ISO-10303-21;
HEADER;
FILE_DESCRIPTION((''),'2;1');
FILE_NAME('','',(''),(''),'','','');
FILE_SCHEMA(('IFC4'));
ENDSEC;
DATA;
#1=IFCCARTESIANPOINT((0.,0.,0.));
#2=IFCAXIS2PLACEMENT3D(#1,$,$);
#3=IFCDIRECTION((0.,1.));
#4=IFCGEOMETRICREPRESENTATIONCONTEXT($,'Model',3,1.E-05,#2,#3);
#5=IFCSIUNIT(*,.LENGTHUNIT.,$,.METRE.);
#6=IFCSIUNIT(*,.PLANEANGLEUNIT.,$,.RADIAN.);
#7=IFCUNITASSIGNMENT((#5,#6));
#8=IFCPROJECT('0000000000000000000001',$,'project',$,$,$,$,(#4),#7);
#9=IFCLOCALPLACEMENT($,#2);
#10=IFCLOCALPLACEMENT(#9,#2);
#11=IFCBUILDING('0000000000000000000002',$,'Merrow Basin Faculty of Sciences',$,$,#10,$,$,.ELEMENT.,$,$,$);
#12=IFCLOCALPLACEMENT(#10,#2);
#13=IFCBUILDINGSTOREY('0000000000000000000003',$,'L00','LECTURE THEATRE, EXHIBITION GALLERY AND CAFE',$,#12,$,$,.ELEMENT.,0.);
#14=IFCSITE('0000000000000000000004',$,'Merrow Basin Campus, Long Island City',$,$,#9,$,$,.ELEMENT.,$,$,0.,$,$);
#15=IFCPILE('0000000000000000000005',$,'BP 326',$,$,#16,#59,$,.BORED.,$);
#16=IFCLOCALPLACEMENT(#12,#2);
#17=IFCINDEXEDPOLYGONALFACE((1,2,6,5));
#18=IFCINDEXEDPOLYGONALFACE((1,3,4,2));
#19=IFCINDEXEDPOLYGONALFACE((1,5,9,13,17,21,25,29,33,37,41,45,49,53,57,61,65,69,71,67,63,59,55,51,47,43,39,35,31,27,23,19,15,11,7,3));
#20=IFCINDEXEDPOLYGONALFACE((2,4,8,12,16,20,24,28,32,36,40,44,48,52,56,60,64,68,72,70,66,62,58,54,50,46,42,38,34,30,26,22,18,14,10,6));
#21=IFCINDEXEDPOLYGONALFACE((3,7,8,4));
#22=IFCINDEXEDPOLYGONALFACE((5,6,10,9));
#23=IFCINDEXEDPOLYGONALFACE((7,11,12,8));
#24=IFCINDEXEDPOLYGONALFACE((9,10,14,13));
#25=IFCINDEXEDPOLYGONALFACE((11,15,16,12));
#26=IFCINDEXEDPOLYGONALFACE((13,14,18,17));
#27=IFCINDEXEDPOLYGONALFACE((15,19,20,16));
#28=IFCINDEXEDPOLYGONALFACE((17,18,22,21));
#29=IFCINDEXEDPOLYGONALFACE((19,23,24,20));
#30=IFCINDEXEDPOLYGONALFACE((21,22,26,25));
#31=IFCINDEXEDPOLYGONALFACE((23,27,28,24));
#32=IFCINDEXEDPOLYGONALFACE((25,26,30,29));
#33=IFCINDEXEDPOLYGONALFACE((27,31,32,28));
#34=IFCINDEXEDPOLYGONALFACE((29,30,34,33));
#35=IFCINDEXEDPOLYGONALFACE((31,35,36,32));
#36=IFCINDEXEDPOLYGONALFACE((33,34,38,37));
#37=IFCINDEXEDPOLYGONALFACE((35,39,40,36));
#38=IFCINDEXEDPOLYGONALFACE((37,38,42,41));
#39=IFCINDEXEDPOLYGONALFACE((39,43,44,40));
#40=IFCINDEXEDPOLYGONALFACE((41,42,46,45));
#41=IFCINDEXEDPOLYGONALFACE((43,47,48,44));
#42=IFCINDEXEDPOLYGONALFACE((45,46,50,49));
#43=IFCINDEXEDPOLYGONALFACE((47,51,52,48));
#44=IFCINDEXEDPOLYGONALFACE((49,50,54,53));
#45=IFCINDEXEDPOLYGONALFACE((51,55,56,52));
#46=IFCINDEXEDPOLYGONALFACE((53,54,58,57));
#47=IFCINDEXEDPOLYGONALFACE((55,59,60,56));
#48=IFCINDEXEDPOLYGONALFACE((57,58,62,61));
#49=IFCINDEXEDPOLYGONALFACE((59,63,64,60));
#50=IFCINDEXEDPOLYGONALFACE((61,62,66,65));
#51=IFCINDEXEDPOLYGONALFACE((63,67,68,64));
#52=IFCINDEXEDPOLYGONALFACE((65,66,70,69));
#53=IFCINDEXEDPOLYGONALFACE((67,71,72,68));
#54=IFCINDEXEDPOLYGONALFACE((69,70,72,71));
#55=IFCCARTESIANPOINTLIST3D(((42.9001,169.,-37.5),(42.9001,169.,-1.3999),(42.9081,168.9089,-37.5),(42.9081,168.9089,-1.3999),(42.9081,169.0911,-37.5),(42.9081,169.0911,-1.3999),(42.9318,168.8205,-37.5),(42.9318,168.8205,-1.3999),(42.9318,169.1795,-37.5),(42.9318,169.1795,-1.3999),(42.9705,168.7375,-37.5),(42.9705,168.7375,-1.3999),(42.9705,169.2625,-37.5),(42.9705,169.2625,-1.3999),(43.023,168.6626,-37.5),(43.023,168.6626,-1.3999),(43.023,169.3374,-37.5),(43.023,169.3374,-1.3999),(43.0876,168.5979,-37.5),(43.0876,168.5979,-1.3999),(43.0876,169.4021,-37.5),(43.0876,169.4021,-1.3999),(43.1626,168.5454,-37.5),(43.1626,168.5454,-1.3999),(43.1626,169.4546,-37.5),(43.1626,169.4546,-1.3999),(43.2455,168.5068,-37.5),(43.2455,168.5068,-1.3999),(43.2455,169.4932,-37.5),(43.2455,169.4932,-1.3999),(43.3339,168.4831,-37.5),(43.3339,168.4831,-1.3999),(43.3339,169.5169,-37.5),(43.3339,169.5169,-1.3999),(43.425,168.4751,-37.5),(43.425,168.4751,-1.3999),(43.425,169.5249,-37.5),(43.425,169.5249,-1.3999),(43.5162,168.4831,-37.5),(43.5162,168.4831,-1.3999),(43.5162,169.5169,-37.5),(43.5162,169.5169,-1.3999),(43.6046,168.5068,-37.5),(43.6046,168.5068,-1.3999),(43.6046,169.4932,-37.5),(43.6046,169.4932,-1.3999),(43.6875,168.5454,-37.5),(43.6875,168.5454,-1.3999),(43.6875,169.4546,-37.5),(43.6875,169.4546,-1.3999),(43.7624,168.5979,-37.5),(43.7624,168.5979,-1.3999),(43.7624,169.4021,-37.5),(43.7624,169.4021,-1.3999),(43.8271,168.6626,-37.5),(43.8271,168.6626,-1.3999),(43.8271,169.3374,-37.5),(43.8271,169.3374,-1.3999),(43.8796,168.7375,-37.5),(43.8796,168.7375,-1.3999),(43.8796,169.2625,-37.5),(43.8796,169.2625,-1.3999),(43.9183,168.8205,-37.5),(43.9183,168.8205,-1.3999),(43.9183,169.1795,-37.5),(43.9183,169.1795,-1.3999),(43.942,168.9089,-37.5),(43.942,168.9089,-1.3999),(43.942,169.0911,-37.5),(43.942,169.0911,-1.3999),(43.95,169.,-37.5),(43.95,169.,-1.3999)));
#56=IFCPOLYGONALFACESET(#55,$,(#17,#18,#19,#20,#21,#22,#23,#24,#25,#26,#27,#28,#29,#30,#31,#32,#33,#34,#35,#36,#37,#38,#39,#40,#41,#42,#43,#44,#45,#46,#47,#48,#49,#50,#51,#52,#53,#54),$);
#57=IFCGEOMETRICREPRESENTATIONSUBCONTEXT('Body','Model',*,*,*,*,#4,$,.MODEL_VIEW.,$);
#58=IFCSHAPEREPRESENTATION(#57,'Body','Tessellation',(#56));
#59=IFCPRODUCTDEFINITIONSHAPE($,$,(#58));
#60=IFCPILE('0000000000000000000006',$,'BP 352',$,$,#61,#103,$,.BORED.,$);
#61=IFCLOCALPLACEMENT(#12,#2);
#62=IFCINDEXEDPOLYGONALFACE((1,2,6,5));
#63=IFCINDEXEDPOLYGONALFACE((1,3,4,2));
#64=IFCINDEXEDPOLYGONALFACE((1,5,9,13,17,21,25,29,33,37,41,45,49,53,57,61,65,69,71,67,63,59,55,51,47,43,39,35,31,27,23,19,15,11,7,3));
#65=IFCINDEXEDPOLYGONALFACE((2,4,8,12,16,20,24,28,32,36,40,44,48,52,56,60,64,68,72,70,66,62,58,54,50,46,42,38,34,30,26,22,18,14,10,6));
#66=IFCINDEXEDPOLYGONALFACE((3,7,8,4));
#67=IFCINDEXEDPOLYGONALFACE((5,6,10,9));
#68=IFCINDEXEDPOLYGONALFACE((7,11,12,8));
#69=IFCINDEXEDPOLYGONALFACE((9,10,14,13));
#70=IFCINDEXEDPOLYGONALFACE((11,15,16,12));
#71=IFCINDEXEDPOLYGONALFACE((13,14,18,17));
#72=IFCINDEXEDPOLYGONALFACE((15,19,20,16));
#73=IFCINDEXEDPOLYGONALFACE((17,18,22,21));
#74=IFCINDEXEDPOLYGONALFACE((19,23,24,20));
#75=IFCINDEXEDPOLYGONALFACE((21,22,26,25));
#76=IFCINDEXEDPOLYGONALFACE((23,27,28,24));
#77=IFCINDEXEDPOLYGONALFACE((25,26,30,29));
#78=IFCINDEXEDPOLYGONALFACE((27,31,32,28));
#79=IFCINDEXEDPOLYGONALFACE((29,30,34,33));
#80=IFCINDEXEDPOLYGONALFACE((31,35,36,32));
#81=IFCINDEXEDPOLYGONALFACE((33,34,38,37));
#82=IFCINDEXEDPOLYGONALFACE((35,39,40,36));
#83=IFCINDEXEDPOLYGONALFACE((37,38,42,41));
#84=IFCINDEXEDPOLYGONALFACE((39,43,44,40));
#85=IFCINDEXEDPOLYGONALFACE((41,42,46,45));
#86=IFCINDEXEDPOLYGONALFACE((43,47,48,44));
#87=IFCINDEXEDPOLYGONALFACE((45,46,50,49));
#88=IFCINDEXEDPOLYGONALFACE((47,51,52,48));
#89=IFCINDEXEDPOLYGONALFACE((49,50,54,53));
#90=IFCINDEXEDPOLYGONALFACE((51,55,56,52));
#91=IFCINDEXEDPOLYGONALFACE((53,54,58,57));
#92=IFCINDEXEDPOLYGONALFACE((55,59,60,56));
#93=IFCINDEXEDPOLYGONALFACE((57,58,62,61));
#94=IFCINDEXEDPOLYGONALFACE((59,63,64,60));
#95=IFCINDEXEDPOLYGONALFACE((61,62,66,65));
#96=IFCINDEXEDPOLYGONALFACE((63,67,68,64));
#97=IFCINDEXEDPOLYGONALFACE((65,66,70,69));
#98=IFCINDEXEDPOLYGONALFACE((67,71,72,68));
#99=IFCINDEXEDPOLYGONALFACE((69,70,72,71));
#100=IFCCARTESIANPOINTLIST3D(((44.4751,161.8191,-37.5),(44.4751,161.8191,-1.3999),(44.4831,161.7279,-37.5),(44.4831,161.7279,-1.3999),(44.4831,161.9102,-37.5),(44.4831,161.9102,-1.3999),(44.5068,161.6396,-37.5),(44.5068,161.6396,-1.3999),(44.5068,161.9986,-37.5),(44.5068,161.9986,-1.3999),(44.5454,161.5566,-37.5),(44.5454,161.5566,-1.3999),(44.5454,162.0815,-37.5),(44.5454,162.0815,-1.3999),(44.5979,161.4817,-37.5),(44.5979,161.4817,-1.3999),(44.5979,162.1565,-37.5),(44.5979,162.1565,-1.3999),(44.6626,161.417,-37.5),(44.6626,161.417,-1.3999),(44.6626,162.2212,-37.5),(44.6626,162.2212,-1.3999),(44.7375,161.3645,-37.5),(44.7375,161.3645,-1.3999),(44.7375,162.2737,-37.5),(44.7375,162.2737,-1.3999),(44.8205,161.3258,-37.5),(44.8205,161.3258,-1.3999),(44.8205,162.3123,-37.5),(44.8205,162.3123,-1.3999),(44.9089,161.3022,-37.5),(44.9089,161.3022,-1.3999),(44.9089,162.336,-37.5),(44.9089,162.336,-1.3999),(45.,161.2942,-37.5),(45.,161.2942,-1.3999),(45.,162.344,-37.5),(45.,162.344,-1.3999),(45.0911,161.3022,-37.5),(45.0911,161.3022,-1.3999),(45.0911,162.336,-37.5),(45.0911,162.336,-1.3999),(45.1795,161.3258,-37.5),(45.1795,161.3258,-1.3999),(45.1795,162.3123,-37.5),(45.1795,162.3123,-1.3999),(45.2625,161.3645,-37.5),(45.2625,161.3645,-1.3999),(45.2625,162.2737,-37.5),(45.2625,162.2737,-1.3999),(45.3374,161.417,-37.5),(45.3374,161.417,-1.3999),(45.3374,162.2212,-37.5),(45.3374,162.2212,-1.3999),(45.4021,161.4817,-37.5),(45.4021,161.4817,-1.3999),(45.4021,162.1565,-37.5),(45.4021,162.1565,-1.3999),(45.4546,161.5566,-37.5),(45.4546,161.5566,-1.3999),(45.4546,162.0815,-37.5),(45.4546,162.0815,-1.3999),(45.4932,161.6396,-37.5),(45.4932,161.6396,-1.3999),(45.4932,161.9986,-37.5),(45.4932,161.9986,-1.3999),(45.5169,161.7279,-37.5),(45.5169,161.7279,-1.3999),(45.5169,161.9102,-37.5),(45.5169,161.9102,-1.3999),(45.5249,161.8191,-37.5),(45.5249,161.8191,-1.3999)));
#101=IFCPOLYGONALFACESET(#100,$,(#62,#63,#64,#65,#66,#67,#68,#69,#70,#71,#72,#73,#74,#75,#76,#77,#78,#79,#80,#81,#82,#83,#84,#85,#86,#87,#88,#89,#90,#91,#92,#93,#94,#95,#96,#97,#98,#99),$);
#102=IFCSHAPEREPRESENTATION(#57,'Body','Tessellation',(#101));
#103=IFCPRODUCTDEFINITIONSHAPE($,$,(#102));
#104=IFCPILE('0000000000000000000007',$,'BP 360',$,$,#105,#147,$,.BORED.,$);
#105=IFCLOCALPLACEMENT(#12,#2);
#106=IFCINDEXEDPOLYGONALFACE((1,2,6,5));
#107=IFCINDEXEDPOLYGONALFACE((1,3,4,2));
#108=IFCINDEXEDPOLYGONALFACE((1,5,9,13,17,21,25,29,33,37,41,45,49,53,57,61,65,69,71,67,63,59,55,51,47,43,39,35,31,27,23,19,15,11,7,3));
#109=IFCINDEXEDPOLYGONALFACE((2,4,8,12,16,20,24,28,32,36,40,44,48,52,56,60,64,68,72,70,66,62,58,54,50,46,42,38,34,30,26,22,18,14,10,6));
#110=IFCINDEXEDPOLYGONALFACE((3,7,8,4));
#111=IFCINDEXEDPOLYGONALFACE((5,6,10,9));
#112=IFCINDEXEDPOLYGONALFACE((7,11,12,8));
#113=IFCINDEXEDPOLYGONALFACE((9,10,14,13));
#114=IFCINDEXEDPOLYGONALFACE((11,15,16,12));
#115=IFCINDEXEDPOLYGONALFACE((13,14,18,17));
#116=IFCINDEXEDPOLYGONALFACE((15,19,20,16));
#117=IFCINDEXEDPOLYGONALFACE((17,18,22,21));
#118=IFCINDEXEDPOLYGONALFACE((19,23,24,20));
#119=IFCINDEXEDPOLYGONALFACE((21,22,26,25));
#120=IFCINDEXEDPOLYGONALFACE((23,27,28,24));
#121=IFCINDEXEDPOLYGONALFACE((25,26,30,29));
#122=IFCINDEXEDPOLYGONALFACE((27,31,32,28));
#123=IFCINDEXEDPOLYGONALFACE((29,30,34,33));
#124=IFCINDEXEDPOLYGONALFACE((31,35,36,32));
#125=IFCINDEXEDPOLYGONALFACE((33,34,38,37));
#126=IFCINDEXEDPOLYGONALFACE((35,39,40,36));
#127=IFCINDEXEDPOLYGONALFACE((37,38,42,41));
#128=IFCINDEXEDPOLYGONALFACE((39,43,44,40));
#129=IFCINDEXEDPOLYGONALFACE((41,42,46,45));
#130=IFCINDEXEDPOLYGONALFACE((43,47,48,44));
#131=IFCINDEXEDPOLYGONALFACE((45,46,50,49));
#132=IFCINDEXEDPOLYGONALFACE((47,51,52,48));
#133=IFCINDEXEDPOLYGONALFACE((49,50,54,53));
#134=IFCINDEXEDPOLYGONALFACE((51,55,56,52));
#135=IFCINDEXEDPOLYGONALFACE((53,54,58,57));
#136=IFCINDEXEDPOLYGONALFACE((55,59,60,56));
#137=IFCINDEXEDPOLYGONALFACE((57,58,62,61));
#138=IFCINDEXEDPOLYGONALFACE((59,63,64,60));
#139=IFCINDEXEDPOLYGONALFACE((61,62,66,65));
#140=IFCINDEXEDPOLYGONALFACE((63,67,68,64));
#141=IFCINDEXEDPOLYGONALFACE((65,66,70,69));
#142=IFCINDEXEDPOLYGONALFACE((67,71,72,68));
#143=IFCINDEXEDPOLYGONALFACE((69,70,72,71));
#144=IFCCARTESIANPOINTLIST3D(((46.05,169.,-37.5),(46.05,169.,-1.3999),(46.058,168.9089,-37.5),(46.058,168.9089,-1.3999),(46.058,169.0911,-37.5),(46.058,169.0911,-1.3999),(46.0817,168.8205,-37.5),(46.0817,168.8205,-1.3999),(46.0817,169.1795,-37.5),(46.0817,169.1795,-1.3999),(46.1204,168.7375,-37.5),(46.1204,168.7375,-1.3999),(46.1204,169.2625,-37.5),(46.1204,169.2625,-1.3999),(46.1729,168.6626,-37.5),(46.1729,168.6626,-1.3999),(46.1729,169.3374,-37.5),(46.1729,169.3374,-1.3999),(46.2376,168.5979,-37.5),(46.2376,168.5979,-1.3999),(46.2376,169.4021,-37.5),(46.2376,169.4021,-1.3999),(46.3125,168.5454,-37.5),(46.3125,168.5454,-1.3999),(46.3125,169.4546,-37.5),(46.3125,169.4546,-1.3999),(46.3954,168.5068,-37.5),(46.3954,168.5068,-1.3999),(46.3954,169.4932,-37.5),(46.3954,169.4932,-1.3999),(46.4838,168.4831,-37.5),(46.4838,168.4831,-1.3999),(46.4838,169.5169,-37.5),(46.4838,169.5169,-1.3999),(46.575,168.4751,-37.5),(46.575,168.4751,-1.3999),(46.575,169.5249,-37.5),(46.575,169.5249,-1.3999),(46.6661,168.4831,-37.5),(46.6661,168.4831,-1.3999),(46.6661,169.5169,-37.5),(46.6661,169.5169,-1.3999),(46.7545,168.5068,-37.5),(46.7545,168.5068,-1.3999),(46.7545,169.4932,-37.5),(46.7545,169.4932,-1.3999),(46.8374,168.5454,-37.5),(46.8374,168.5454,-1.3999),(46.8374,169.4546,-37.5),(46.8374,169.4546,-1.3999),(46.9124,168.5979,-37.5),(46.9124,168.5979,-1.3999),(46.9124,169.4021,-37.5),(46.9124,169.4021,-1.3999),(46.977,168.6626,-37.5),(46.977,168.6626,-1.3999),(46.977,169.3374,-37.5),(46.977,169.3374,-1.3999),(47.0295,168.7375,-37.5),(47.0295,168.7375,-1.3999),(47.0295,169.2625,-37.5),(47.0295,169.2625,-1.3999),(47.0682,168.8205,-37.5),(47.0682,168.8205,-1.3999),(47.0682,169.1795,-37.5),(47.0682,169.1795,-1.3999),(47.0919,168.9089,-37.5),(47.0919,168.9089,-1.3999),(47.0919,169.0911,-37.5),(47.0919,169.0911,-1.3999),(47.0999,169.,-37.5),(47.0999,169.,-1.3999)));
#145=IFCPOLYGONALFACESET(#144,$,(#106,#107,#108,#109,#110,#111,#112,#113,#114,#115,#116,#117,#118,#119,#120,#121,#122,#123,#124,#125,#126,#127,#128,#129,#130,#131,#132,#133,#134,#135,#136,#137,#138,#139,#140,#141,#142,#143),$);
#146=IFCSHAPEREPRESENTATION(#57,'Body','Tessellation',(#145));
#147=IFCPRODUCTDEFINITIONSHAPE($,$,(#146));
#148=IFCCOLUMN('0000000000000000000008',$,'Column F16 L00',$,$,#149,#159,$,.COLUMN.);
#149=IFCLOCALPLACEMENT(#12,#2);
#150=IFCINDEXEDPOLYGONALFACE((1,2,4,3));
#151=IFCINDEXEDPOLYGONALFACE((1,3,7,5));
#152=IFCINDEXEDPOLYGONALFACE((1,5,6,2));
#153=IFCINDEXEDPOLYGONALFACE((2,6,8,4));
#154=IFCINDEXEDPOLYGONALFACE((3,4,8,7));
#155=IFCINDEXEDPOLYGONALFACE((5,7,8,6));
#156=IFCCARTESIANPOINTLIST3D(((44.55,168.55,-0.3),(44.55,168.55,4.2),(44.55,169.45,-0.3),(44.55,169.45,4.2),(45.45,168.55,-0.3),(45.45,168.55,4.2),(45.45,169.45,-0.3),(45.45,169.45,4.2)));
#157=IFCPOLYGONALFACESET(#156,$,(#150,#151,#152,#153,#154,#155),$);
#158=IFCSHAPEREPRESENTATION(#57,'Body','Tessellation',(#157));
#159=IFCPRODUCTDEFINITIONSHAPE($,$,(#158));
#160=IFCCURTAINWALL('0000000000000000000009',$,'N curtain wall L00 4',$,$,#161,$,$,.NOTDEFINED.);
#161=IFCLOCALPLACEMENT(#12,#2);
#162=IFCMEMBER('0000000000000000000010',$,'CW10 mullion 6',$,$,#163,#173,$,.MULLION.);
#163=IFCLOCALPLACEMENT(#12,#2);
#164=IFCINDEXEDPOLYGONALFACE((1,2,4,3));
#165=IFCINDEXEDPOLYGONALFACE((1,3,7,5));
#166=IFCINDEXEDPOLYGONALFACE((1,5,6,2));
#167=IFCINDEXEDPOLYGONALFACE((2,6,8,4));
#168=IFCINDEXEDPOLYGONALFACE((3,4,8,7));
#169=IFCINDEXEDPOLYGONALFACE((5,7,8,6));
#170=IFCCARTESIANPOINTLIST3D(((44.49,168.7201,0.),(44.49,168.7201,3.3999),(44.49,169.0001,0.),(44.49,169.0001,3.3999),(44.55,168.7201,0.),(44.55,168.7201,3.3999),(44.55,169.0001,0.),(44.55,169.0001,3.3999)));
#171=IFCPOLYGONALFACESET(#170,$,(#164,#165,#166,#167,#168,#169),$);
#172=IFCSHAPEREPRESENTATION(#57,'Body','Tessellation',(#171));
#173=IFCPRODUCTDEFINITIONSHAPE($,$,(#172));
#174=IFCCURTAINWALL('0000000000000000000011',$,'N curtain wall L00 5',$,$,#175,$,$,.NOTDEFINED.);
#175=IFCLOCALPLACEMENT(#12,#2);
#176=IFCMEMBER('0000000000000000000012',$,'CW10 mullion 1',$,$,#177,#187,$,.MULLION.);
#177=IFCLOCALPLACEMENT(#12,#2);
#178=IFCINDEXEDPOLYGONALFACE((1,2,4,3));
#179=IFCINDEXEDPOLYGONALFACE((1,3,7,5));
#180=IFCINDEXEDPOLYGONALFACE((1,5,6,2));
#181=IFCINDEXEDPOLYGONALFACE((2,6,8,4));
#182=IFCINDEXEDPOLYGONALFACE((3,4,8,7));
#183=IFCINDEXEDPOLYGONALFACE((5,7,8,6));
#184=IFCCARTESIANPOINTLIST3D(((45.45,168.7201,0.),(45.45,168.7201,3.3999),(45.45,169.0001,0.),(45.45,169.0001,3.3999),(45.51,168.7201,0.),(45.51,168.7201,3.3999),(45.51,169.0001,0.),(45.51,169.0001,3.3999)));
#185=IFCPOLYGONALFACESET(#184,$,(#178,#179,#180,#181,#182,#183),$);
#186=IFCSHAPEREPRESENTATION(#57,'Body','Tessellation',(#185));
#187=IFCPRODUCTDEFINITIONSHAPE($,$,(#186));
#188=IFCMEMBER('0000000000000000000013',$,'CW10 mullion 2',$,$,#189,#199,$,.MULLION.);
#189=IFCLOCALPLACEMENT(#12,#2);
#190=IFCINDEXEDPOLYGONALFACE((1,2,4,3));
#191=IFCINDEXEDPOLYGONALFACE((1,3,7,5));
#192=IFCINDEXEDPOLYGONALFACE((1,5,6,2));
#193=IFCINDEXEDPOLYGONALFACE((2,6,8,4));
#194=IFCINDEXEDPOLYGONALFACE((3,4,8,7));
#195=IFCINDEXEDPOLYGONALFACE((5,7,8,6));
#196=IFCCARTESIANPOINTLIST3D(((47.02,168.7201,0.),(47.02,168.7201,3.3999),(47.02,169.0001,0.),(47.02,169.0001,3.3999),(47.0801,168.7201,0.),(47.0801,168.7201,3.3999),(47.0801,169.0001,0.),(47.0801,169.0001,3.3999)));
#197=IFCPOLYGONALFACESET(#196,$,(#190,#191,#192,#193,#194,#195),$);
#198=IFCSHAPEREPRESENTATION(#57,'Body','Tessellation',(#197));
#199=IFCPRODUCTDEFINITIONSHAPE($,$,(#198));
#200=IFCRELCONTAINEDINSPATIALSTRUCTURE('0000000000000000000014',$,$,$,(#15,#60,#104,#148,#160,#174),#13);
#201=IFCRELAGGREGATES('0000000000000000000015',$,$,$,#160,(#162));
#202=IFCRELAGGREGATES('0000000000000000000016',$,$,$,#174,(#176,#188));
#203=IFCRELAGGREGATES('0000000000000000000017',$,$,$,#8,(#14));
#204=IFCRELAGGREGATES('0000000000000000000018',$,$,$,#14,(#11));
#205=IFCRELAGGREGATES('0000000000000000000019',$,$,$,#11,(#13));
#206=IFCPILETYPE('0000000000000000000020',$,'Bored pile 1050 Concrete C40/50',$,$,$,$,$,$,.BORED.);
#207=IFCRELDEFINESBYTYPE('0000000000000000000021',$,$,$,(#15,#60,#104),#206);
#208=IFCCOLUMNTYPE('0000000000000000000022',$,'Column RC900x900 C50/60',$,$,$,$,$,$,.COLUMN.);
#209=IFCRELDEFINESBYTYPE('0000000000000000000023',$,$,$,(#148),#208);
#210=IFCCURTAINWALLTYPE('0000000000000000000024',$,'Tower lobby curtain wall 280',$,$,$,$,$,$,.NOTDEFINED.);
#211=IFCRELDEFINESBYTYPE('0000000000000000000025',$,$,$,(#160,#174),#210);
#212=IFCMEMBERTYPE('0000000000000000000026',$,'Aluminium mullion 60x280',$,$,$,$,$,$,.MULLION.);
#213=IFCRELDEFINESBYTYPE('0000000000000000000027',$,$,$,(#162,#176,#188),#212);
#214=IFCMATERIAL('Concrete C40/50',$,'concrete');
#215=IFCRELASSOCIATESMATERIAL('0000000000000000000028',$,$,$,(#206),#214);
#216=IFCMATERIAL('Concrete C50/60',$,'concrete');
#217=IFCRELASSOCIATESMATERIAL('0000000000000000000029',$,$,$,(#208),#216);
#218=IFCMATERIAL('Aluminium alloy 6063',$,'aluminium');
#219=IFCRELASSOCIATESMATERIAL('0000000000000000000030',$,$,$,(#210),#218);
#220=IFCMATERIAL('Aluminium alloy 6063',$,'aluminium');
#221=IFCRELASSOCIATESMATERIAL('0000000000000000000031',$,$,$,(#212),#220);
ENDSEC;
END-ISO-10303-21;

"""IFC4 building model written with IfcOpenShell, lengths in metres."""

from ifc_helpers import new_model, si_unit, direction, frame, origin, origin_2d, place, context, subcontext, project, spatial, rectangle, circle, extrude, material, material_profile, profile_set, type_object, element, aggregate, save


model = new_model("IFC4")

# Units and contexts
model_context = context("Model", 3, precision=1e-05, world=origin(), true_north=direction((0.0, 1.0)))
body_context = subcontext(model_context, "Body", "Model", "MODEL_VIEW")
ifc_project = project(units=[si_unit("LENGTHUNIT", "METRE"), si_unit("PLANEANGLEUNIT", "RADIAN")], contexts=[model_context])

# Site, building, storey
site_placement = place(None, origin())
site = spatial("IfcSite", under=ifc_project, at=site_placement, Name="Merrow Basin Campus, Long Island City", CompositionType="ELEMENT", RefElevation=0.0)
building_placement = place(site_placement, origin())
building = spatial("IfcBuilding", under=site, at=building_placement, Name="Merrow Basin Faculty of Sciences", CompositionType="ELEMENT")
storey_placement = place(building_placement, origin())
storey = spatial("IfcBuildingStorey", under=building, at=storey_placement, Name="L00", Description="LECTURE THEATRE, EXHIBITION GALLERY AND CAFE", CompositionType="ELEMENT", Elevation=0.0)

# Piles
ifc_material_1 = material(Name="Concrete C40/50", Category="concrete")
ifc_material_profile_1 = material_profile(ifc_material_1, circle(Radius=0.5249, at=origin_2d()))
ifc_profile_set_1 = profile_set([ifc_material_profile_1], Name="Concrete C40/50")
pile_type = type_object("IfcPileType", Name="Bored pile 1050 Concrete C40/50", PredefinedType="BORED", material=ifc_profile_set_1)
for number, where, z_axis, x_axis, name in (
    (1, (43.425, 169.0, -1.3999), (0.0, 0.0, -1.0), (1.0, 0.0, 0.0), "BP 326"),
    (2, (45.0, 161.8191, -1.3999), (0.0, 0.0, -1.0), (1.0, 0.0, 0.0), "BP 352"),
    (3, (46.575, 169.0, -1.3999), (0.0, 0.0, -1.0), (1.0, 0.0, 0.0), "BP 360"),
):
    element("IfcPile", number, at=place(storey_placement, frame(where, z_axis=z_axis, x_axis=x_axis)), inside=storey, type_object=pile_type, Name=name, PredefinedType="BORED", context=body_context, shape_type="SweptSolid", body=[
        extrude(circle(Radius=0.5249, at=origin_2d()), origin(), (0.0, 0.0, 1.0), 36.1001),
    ])

# Column
ifc_material_2 = material(Name="Concrete C50/60", Category="concrete")
ifc_material_profile_2 = material_profile(ifc_material_2, rectangle(XDim=0.8999, YDim=0.8999, at=origin_2d()))
ifc_profile_set_2 = profile_set([ifc_material_profile_2], Name="Concrete C50/60")
column_type = type_object("IfcColumnType", Name="Column RC900x900 C50/60", PredefinedType="COLUMN", material=ifc_profile_set_2)
column_placement = place(storey_placement, frame((45.0, 169.0, -0.3), z_axis=(0.0, 0.0, 1.0), x_axis=(1.0, 0.0, 0.0)))
element("IfcColumn", 4, at=column_placement, inside=storey, type_object=column_type, Name="Column F16 L00", PredefinedType="COLUMN", context=body_context, shape_type="SweptSolid", body=[
    extrude(rectangle(XDim=0.8999, YDim=0.8999, at=origin_2d()), origin(), (0.0, 0.0, 1.0), 4.5),
])

# Curtain wall, member
ifc_material_3 = material(Name="Aluminium alloy 6063", Category="aluminium")
curtain_wall_type = type_object("IfcCurtainWallType", Name="Tower lobby curtain wall 280", PredefinedType="NOTDEFINED", material=ifc_material_3)
curtain_wall_1_placement = place(storey_placement, origin())
curtain_wall_1 = element("IfcCurtainWall", 5, at=curtain_wall_1_placement, inside=storey, type_object=curtain_wall_type, Name="N curtain wall L00 4", PredefinedType="NOTDEFINED")
ifc_material_4 = material(Name="Aluminium alloy 6063", Category="aluminium")
ifc_material_profile_3 = material_profile(ifc_material_4, rectangle(XDim=0.28, YDim=0.0601, at=origin_2d()))
ifc_profile_set_3 = profile_set([ifc_material_profile_3], Name="Aluminium alloy 6063")
member_type_1 = type_object("IfcMemberType", Name="Aluminium mullion 60x280", PredefinedType="MULLION", material=ifc_profile_set_3)
member_1_placement = place(storey_placement, frame((44.52, 168.8601, 0.0), z_axis=(0.0, 0.0, 1.0), x_axis=(0.0, 1.0, 0.0)))
member_1 = element("IfcMember", 6, at=member_1_placement, type_object=member_type_1, Name="CW10 mullion 6", PredefinedType="MULLION", context=body_context, shape_type="SweptSolid", body=[
    extrude(rectangle(XDim=0.28, YDim=0.0601, at=origin_2d()), origin(), (0.0, 0.0, 1.0), 3.3999),
])

# Curtain wall, members
curtain_wall_2_placement = place(storey_placement, origin())
curtain_wall_2 = element("IfcCurtainWall", 7, at=curtain_wall_2_placement, inside=storey, type_object=curtain_wall_type, Name="N curtain wall L00 5", PredefinedType="NOTDEFINED")
member_2_placement = place(storey_placement, frame((45.48, 168.8601, 0.0), z_axis=(0.0, 0.0, 1.0), x_axis=(0.0, 1.0, 0.0)))
member_2 = element("IfcMember", 8, at=member_2_placement, type_object=member_type_1, Name="CW10 mullion 1", PredefinedType="MULLION", context=body_context, shape_type="SweptSolid", body=[
    extrude(rectangle(XDim=0.28, YDim=0.0601, at=origin_2d()), origin(), (0.0, 0.0, 1.0), 3.3999),
])
member_3_placement = place(storey_placement, frame((47.05, 168.8601, 0.0), z_axis=(0.0, 0.0, 1.0), x_axis=(0.0, 1.0, 0.0)))
member_3 = element("IfcMember", 9, at=member_3_placement, type_object=member_type_1, Name="CW10 mullion 2", PredefinedType="MULLION", context=body_context, shape_type="SweptSolid", body=[
    extrude(rectangle(XDim=0.28, YDim=0.0601, at=origin_2d()), origin(), (0.0, 0.0, 1.0), 3.3999),
])

aggregate(curtain_wall_1, [member_1])
aggregate(curtain_wall_2, [member_2, member_3])

save(model, "model.ifc")
